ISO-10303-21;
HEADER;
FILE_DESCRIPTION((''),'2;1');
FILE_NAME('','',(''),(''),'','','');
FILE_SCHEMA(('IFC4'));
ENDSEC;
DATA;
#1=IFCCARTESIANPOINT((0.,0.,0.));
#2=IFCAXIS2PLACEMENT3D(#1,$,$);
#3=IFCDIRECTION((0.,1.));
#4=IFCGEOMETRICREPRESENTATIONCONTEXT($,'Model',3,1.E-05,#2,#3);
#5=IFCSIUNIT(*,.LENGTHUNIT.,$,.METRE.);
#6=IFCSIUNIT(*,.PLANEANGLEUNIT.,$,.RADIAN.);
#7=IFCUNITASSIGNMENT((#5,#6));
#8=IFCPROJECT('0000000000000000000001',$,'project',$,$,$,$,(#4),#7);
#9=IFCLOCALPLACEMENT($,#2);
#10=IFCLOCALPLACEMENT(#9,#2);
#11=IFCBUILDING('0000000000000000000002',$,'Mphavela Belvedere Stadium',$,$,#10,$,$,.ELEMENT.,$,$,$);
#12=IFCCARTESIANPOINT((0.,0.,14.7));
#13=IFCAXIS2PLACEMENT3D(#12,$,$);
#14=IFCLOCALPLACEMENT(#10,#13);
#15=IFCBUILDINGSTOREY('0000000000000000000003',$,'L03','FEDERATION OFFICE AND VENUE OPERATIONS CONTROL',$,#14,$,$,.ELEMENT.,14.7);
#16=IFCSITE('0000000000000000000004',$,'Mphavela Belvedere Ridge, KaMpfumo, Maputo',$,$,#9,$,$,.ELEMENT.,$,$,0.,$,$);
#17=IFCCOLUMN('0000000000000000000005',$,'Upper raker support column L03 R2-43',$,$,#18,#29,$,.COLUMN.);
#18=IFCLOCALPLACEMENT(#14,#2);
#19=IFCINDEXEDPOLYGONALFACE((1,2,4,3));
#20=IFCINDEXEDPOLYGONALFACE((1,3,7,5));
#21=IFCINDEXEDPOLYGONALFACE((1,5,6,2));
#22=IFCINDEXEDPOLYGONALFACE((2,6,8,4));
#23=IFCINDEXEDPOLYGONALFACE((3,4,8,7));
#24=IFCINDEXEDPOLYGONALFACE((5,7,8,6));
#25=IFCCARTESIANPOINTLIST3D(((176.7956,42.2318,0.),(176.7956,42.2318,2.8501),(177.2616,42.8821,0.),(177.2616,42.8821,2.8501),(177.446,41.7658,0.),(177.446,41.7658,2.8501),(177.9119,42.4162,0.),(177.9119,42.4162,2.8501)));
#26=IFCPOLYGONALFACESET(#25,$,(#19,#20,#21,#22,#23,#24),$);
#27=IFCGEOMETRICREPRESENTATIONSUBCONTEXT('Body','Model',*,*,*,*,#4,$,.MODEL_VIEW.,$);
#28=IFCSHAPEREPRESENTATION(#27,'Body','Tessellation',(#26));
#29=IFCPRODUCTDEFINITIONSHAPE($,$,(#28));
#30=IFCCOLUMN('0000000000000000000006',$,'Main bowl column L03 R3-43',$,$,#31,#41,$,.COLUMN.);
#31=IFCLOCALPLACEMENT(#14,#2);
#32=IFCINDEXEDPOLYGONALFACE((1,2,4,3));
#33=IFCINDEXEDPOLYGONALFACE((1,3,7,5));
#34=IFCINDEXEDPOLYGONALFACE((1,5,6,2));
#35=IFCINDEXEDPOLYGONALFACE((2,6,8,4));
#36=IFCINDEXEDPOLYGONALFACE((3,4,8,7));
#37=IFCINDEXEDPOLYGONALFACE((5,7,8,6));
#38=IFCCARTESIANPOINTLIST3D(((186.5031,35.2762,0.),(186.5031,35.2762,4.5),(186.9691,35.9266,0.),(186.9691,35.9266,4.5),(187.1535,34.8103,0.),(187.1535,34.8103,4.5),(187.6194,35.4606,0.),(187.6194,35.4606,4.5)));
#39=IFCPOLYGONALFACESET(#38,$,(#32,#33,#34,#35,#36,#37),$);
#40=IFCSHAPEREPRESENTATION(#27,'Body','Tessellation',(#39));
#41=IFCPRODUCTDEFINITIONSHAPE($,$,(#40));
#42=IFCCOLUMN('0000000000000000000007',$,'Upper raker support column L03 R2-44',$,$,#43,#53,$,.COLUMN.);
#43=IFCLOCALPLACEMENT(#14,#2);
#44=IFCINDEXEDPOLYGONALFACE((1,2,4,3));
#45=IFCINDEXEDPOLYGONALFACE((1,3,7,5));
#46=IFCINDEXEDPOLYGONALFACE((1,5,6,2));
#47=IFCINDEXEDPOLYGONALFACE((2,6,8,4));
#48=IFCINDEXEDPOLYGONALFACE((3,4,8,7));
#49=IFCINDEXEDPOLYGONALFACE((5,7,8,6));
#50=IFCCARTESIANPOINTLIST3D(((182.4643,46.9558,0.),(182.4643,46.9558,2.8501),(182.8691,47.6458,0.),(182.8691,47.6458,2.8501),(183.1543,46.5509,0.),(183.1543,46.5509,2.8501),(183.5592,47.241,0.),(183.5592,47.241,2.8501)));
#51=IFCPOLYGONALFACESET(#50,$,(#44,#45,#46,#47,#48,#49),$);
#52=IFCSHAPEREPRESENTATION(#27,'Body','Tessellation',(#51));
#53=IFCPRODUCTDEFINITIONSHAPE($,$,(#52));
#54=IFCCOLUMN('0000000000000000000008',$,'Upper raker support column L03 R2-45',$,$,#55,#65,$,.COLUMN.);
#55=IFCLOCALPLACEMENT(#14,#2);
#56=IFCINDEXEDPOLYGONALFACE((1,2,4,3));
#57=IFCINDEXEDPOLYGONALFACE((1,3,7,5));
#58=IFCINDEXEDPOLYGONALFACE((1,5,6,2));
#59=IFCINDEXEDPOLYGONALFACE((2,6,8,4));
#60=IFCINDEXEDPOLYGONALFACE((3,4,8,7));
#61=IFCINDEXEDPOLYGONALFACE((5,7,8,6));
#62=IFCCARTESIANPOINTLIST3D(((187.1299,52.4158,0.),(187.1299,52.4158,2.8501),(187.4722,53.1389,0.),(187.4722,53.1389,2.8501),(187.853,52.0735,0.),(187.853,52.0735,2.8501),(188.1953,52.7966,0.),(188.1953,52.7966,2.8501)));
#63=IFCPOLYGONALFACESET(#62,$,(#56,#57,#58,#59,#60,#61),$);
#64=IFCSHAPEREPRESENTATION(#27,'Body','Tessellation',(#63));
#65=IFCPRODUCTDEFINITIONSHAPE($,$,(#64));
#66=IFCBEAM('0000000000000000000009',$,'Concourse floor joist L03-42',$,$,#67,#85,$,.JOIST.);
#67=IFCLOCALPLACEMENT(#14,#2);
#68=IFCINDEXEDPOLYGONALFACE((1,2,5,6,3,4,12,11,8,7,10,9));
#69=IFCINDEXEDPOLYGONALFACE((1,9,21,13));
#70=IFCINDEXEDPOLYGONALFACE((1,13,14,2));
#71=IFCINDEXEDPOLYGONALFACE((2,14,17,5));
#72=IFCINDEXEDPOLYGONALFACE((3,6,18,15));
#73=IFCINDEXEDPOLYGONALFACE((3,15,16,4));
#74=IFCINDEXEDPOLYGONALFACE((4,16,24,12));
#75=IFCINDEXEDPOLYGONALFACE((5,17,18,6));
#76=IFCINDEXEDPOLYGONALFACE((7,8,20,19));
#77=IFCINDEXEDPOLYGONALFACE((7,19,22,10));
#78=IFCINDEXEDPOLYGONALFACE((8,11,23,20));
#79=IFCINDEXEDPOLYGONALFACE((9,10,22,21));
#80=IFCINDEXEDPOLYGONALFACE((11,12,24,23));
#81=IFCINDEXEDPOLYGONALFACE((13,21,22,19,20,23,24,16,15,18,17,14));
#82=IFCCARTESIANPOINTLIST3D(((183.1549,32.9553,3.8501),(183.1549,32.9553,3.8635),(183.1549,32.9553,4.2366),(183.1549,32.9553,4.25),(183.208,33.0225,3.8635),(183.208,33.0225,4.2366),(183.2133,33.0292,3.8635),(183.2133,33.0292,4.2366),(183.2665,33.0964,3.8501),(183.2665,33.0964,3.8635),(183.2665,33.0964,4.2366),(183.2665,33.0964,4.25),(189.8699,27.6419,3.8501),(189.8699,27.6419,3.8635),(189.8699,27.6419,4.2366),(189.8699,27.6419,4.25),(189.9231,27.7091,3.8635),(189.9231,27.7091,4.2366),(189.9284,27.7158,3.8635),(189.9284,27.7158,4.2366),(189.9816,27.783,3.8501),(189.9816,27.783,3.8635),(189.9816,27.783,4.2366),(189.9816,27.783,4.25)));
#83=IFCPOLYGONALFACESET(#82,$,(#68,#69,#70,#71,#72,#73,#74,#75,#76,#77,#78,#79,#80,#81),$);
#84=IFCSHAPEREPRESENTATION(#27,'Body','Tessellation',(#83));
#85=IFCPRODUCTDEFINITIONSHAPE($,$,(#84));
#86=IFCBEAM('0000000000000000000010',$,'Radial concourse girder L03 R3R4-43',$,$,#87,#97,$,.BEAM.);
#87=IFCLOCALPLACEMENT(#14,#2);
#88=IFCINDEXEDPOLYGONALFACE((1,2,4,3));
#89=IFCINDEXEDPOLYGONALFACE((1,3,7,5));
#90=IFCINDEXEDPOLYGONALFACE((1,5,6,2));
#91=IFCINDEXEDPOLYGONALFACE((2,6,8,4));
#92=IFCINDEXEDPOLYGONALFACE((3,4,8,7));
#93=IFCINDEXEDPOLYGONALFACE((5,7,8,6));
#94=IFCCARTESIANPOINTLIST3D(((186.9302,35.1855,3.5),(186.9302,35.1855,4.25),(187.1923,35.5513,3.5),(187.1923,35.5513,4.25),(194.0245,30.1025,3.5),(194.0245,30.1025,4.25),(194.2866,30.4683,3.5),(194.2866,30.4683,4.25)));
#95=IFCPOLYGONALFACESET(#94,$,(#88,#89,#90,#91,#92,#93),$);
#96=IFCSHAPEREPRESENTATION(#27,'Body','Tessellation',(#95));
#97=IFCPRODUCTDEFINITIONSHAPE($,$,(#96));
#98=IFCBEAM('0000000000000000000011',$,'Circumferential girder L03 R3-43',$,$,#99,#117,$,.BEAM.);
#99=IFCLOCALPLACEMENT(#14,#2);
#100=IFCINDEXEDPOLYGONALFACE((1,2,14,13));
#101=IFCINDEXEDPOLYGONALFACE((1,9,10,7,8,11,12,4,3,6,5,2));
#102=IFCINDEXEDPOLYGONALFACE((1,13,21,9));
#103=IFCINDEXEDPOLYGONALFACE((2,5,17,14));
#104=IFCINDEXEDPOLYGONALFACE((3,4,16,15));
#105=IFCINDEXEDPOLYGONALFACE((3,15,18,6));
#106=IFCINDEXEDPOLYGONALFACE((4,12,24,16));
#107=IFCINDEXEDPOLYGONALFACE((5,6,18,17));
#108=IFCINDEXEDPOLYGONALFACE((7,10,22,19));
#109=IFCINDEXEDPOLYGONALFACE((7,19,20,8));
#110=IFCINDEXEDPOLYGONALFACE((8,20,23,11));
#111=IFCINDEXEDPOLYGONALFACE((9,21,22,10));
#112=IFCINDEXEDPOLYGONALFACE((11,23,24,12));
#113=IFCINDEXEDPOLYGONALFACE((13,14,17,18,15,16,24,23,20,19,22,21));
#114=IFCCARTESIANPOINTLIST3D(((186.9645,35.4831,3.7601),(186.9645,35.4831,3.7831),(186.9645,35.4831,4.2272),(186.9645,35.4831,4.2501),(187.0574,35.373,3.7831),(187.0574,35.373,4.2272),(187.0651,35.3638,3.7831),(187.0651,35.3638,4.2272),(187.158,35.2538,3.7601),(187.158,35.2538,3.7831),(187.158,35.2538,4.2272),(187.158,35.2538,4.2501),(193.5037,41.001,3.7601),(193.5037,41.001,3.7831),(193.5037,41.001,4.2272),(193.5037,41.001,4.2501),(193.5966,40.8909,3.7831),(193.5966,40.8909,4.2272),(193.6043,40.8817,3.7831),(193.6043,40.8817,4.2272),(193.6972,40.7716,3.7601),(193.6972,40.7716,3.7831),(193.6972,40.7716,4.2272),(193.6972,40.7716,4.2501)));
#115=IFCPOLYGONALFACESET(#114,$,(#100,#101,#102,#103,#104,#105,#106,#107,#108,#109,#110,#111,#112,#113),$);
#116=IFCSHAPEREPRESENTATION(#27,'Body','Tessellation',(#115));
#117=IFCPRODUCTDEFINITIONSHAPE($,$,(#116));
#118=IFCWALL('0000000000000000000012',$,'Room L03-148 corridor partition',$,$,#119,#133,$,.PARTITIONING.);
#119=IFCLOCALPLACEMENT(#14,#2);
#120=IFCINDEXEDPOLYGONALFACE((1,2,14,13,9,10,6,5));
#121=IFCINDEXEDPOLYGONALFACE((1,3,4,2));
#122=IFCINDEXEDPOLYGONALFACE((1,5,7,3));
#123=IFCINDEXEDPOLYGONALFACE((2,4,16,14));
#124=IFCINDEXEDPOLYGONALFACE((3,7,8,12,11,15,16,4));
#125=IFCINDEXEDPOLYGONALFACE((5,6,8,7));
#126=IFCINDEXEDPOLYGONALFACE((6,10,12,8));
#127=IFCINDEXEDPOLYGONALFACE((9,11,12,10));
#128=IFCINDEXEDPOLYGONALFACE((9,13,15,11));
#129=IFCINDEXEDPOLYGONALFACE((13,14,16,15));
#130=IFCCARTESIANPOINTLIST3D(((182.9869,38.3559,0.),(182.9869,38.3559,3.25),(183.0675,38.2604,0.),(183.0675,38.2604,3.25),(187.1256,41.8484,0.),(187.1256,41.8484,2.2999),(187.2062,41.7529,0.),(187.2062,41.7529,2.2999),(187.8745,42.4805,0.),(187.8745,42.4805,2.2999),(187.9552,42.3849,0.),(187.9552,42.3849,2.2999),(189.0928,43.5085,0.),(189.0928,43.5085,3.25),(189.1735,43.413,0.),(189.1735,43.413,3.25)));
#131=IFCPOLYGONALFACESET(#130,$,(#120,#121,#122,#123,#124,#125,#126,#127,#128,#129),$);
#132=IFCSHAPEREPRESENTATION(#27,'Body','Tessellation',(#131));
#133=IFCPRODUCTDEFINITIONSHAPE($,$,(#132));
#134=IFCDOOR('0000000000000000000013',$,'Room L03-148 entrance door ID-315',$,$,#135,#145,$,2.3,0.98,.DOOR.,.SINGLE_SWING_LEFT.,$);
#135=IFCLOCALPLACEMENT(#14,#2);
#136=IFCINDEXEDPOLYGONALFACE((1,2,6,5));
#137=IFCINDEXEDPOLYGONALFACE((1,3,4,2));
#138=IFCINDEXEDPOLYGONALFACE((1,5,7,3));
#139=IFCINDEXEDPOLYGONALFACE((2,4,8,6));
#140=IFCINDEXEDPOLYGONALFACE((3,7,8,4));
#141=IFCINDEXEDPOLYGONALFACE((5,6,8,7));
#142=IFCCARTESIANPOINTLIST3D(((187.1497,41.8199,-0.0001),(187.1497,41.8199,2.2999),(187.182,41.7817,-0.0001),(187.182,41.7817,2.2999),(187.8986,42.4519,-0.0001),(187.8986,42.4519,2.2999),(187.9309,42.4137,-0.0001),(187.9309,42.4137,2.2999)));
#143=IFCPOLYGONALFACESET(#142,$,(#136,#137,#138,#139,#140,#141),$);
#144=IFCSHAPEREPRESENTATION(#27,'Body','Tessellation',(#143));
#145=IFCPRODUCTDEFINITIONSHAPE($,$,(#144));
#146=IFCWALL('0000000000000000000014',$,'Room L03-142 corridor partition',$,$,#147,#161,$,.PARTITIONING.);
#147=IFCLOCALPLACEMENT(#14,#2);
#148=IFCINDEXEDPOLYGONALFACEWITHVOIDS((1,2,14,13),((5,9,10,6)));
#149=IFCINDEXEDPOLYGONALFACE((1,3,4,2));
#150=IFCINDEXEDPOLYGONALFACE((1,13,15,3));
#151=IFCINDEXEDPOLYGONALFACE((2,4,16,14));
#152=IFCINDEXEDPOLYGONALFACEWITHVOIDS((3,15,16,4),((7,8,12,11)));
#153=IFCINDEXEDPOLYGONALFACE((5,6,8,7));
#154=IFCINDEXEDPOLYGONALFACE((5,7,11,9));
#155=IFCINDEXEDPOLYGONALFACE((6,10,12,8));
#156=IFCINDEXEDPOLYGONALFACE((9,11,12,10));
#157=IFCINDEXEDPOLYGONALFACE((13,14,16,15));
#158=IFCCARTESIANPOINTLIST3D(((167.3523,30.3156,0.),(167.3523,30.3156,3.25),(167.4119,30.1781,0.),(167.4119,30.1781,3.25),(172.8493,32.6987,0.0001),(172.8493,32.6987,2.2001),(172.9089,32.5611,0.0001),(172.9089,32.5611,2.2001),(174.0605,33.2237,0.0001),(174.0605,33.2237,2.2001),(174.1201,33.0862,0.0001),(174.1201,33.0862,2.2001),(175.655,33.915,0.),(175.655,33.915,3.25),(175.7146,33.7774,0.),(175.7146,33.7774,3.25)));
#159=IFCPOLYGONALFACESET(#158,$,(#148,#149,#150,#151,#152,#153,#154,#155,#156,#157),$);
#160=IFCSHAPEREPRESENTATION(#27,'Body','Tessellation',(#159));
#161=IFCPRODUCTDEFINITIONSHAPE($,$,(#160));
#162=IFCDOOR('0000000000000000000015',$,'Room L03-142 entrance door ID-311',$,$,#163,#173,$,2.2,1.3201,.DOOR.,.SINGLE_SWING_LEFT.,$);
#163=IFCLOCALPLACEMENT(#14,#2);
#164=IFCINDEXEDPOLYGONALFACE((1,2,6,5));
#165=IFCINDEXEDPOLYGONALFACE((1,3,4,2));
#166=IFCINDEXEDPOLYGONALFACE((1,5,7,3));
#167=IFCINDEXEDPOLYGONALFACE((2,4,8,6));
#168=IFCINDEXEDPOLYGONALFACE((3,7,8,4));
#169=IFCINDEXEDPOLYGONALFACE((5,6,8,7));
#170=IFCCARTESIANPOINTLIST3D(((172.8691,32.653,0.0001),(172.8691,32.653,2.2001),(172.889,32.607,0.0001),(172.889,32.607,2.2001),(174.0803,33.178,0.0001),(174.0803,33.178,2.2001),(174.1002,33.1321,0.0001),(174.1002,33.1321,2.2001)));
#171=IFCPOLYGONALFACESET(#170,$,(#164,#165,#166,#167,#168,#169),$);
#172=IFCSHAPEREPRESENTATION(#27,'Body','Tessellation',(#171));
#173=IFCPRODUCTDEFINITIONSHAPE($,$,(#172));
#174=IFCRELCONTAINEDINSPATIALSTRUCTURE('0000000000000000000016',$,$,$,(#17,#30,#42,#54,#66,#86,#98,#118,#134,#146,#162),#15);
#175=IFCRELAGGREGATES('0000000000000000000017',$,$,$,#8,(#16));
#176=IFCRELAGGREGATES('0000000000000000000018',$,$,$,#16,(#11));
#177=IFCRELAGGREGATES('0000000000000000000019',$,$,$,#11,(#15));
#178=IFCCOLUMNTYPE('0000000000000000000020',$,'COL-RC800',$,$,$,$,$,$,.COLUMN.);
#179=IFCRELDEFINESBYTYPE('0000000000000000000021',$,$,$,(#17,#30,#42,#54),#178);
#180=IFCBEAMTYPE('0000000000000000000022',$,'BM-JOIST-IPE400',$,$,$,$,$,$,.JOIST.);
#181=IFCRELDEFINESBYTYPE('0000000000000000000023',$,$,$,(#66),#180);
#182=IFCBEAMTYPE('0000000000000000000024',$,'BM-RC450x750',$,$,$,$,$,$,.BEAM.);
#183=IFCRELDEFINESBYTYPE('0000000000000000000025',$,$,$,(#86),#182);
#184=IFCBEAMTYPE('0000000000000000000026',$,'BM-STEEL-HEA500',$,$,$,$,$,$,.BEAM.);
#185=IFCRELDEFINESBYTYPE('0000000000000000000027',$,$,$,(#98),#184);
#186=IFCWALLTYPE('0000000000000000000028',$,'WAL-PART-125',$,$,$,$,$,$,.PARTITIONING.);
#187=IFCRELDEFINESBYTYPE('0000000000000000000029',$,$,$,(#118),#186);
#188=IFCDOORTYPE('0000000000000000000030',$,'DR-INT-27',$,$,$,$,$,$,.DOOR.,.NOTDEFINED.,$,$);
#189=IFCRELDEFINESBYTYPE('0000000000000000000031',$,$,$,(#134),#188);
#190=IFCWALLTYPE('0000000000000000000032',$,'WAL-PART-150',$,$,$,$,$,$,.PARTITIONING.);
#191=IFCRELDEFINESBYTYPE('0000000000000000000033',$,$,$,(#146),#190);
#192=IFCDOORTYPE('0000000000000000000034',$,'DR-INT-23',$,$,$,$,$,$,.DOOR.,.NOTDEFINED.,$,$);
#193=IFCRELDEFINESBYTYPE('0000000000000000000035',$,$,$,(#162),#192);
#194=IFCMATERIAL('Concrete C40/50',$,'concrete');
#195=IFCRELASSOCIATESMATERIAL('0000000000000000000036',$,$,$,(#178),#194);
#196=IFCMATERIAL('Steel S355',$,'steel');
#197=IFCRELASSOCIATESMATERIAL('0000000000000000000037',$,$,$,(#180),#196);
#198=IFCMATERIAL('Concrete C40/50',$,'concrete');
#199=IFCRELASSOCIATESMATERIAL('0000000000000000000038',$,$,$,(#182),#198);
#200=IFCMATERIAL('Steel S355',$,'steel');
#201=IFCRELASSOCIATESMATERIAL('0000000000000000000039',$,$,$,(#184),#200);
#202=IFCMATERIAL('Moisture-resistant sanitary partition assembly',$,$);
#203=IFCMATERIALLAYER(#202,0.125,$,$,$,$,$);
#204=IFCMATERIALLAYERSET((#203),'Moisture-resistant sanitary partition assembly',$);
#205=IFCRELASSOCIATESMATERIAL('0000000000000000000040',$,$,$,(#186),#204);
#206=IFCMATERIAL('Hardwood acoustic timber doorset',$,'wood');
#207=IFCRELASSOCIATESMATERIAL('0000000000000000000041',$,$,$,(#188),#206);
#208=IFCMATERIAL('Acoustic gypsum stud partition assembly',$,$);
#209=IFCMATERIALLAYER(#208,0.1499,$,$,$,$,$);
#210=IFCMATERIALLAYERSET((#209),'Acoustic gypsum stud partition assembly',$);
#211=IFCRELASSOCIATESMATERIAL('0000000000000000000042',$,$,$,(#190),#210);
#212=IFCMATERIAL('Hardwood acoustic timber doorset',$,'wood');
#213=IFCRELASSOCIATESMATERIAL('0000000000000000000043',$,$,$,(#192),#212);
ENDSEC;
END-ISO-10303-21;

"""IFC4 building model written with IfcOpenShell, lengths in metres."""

from ifc_helpers import new_model, si_unit, direction, frame, frame_2d, origin, origin_2d, place, context, subcontext, project, spatial, rectangle, i_section, extrude, material, layer, layer_set, material_profile, profile_set, type_object, element, fill, save


model = new_model("IFC4")

# Units and contexts
model_context = context("Model", 3, precision=1e-05, world=origin(), true_north=direction((0.0, 1.0)))
body_context = subcontext(model_context, "Body", "Model", "MODEL_VIEW")
ifc_project = project(units=[si_unit("LENGTHUNIT", "METRE"), si_unit("PLANEANGLEUNIT", "RADIAN")], contexts=[model_context])

# Site, building, storey
site_placement = place(None, origin())
site = spatial("IfcSite", under=ifc_project, at=site_placement, Name="Mphavela Belvedere Ridge, KaMpfumo, Maputo", CompositionType="ELEMENT", RefElevation=0.0)
building_placement = place(site_placement, origin())
building = spatial("IfcBuilding", under=site, at=building_placement, Name="Mphavela Belvedere Stadium", CompositionType="ELEMENT")
storey_placement = place(building_placement, frame((0.0, 0.0, 14.7)))
storey = spatial("IfcBuildingStorey", under=building, at=storey_placement, Name="L03", Description="FEDERATION OFFICE AND VENUE OPERATIONS CONTROL", CompositionType="ELEMENT", Elevation=14.7)

# Columns
ifc_material_1 = material(Name="Concrete C40/50", Category="concrete")
ifc_material_profile_1 = material_profile(ifc_material_1, rectangle(XDim=0.8, YDim=0.8, at=origin_2d()), Name="RC 800x800")
ifc_profile_set_1 = profile_set([ifc_material_profile_1], Name="Concrete C40/50")
column_type = type_object("IfcColumnType", Name="COL-RC800", PredefinedType="COLUMN", material=ifc_profile_set_1)
column_1_placement = place(storey_placement, frame((177.3538, 42.324, 0.0), z_axis=(0.0, 0.0, 1.0), x_axis=(0.812898, -0.582407, 0.0)))
element("IfcColumn", 1, at=column_1_placement, inside=storey, type_object=column_type, Name="Upper raker support column L03 R2-43", PredefinedType="COLUMN", context=body_context, shape_type="SweptSolid", body=[
    extrude(rectangle(XDim=0.8, YDim=0.8, at=origin_2d()), origin(), (0.0, 0.0, 1.0), 2.8501),
])
column_2_placement = place(storey_placement, frame((187.0613, 35.3684, 0.0), z_axis=(0.0, 0.0, 1.0), x_axis=(0.812898, -0.582407, 0.0)))
element("IfcColumn", 2, at=column_2_placement, inside=storey, type_object=column_type, Name="Main bowl column L03 R3-43", PredefinedType="COLUMN", context=body_context, shape_type="SweptSolid", body=[
    extrude(rectangle(XDim=0.8, YDim=0.8, at=origin_2d()), origin(), (0.0, 0.0, 1.0), 4.5),
])
for number, where, z_axis, x_axis, name in (
    (3, (183.0117, 47.0984, 0.0), (0.0, 0.0, 1.0), (0.862514, -0.506034, 0.0), "Upper raker support column L03 R2-44"),
    (4, (187.6626, 52.6062, 0.0), (0.0, 0.0, 1.0), (0.903859, -0.427831, 0.0), "Upper raker support column L03 R2-45"),
):
    element("IfcColumn", number, at=place(storey_placement, frame(where, z_axis=z_axis, x_axis=x_axis)), inside=storey, type_object=column_type, Name=name, PredefinedType="COLUMN", context=body_context, shape_type="SweptSolid", body=[
        extrude(rectangle(XDim=0.8, YDim=0.8, at=origin_2d()), origin(), (0.0, 0.0, 1.0), 2.8501),
    ])

# Beams
ifc_material_2 = material(Name="Steel S355", Category="steel")
ifc_material_profile_2 = material_profile(ifc_material_2, i_section(OverallWidth=0.1799, OverallDepth=0.3999, WebThickness=0.0085, FlangeThickness=0.0134, at=origin_2d()), Name="IPE 400")
ifc_profile_set_2 = profile_set([ifc_material_profile_2], Name="Steel S355")
beam_type_1 = type_object("IfcBeamType", Name="BM-JOIST-IPE400", PredefinedType="JOIST", material=ifc_profile_set_2)
beam_1_placement = place(storey_placement, frame((183.2107, 33.0259, 4.05), z_axis=(0.784196, -0.620514, 0.0), x_axis=(0.620514, 0.784196, 0.0)))
element("IfcBeam", 5, at=beam_1_placement, inside=storey, type_object=beam_type_1, Name="Concourse floor joist L03-42", PredefinedType="JOIST", context=body_context, shape_type="SweptSolid", body=[
    extrude(i_section(OverallWidth=0.1799, OverallDepth=0.3999, WebThickness=0.0085, FlangeThickness=0.0134, at=origin_2d()), origin(), (0.0, 0.0, 1.0), 8.563),
])
ifc_material_3 = material(Name="Concrete C40/50", Category="concrete")
ifc_material_profile_3 = material_profile(ifc_material_3, rectangle(XDim=0.45, YDim=0.75, at=origin_2d()), Name="RC 450x750")
ifc_profile_set_3 = profile_set([ifc_material_profile_3], Name="Concrete C40/50")
beam_type_2 = type_object("IfcBeamType", Name="BM-RC450x750", PredefinedType="BEAM", material=ifc_profile_set_3)
beam_2_placement = place(storey_placement, frame((187.0613, 35.3684, 3.875), z_axis=(0.812882, -0.582428, 0.0), x_axis=(0.582428, 0.812882, 0.0)))
element("IfcBeam", 6, at=beam_2_placement, inside=storey, type_object=beam_type_2, Name="Radial concourse girder L03 R3R4-43", PredefinedType="BEAM", context=body_context, shape_type="SweptSolid", body=[
    extrude(rectangle(XDim=0.45, YDim=0.75, at=origin_2d()), origin(), (0.0, 0.0, 1.0), 8.7273),
])
ifc_material_4 = material(Name="Steel S355", Category="steel")
ifc_material_profile_4 = material_profile(ifc_material_4, i_section(OverallWidth=0.3, OverallDepth=0.49, WebThickness=0.012, FlangeThickness=0.0229, at=origin_2d()), Name="HEA 500")
ifc_profile_set_4 = profile_set([ifc_material_profile_4], Name="Steel S355")
beam_type_3 = type_object("IfcBeamType", Name="BM-STEEL-HEA500", PredefinedType="BEAM", material=ifc_profile_set_4)
beam_3_placement = place(storey_placement, frame((187.0613, 35.3684, 4.0051), z_axis=(0.764263, 0.644904, 0.0), x_axis=(-0.644904, 0.764263, 0.0)))
element("IfcBeam", 7, at=beam_3_placement, inside=storey, type_object=beam_type_3, Name="Circumferential girder L03 R3-43", PredefinedType="BEAM", context=body_context, shape_type="SweptSolid", body=[
    extrude(i_section(OverallWidth=0.3, OverallDepth=0.49, WebThickness=0.012, FlangeThickness=0.0229, at=origin_2d()), origin(), (0.0, 0.0, 1.0), 8.5562),
])

# Walls, openings, doors
ifc_material_5 = material(Name="Moisture-resistant sanitary partition assembly")
ifc_layer_1 = layer(ifc_material_5, 0.125)
ifc_layer_set_1 = layer_set([ifc_layer_1], Name="Moisture-resistant sanitary partition assembly")
wall_type_1 = type_object("IfcWallType", Name="WAL-PART-125", PredefinedType="PARTITIONING", material=ifc_layer_set_1)
wall_1_placement = place(storey_placement, frame((189.1331, 43.4607, 0.0), z_axis=(0.0, 0.0, 1.0), x_axis=(-0.764249, -0.644921, 0.0)))
wall_1 = element("IfcWall", 8, at=wall_1_placement, inside=storey, type_object=wall_type_1, Name="Room L03-148 corridor partition", PredefinedType="PARTITIONING", context=body_context, shape_type="SweptSolid", body=[
    extrude(rectangle(XDim=7.9895, YDim=0.125, at=frame_2d((3.9946, 0.0))), origin(), (0.0, 0.0, 1.0), 3.25),
])
opening_1_placement = place(wall_1_placement, frame((1.594, 0.0, 0.0)))
opening_1 = element("IfcOpeningElement", 9, at=opening_1_placement, cuts=wall_1, PredefinedType="OPENING", context=body_context, shape_type="SweptSolid", body=[
    extrude(rectangle(XDim=0.98, YDim=2.3, at=frame_2d((0.49, 1.1499))), frame((0.0, 0.0725, 0.0), z_axis=(0.0, -1.0, 0.0), x_axis=(1.0, 0.0, 0.0)), (0.0, 0.0, 1.0), 0.145),
])
ifc_material_6 = material(Name="Hardwood acoustic timber doorset", Category="wood")
door_type_1 = type_object("IfcDoorType", Name="DR-INT-27", OperationType="NOTDEFINED", PredefinedType="DOOR", material=ifc_material_6)
door_1_placement = place(opening_1_placement, origin())
door_1 = element("IfcDoor", 10, at=door_1_placement, inside=storey, type_object=door_type_1, Name="Room L03-148 entrance door ID-315", OperationType="SINGLE_SWING_LEFT", OverallHeight=2.3, OverallWidth=0.98, PredefinedType="DOOR", context=body_context, shape_type="SweptSolid", body=[
    extrude(rectangle(XDim=0.98, YDim=2.3, at=frame_2d((0.49, 1.1499))), frame((0.0, 0.0249, 0.0), z_axis=(0.0, -1.0, 0.0), x_axis=(1.0, 0.0, 0.0)), (0.0, 0.0, 1.0), 0.05),
])
fill(opening_1, door_1)
ifc_material_7 = material(Name="Acoustic gypsum stud partition assembly")
ifc_layer_2 = layer(ifc_material_7, 0.1499)
ifc_layer_set_2 = layer_set([ifc_layer_2], Name="Acoustic gypsum stud partition assembly")
wall_type_2 = type_object("IfcWallType", Name="WAL-PART-150", PredefinedType="PARTITIONING", material=ifc_layer_set_2)
wall_2_placement = place(storey_placement, frame((175.6848, 33.8462, 0.0), z_axis=(0.0, 0.0, 1.0), x_axis=(-0.917495, -0.397748, 0.0)))
wall_2 = element("IfcWall", 11, at=wall_2_placement, inside=storey, type_object=wall_type_2, Name="Room L03-142 corridor partition", PredefinedType="PARTITIONING", context=body_context, shape_type="SweptSolid", body=[
    extrude(rectangle(XDim=9.0493, YDim=0.1499, at=frame_2d((4.5247, 0.0))), origin(), (0.0, 0.0, 1.0), 3.25),
])
opening_2_placement = place(wall_2_placement, frame((1.7378, 0.0, 0.0)))
opening_2 = element("IfcOpeningElement", 12, at=opening_2_placement, cuts=wall_2, PredefinedType="OPENING", context=body_context, shape_type="SweptSolid", body=[
    extrude(rectangle(XDim=1.3201, YDim=2.2, at=frame_2d((0.6602, 1.1001))), frame((0.0, 0.085, 0.0), z_axis=(0.0, -1.0, 0.0), x_axis=(1.0, 0.0, 0.0)), (0.0, 0.0, 1.0), 0.1699),
])
ifc_material_8 = material(Name="Hardwood acoustic timber doorset", Category="wood")
door_type_2 = type_object("IfcDoorType", Name="DR-INT-23", OperationType="NOTDEFINED", PredefinedType="DOOR", material=ifc_material_8)
door_2_placement = place(opening_2_placement, origin())
door_2 = element("IfcDoor", 13, at=door_2_placement, inside=storey, type_object=door_type_2, Name="Room L03-142 entrance door ID-311", OperationType="SINGLE_SWING_LEFT", OverallHeight=2.2, OverallWidth=1.3201, PredefinedType="DOOR", context=body_context, shape_type="SweptSolid", body=[
    extrude(rectangle(XDim=1.3201, YDim=2.2, at=frame_2d((0.6602, 1.1001))), frame((0.0, 0.0249, 0.0), z_axis=(0.0, -1.0, 0.0), x_axis=(1.0, 0.0, 0.0)), (0.0, 0.0, 1.0), 0.05),
])
fill(opening_2, door_2)

save(model, "model.ifc")
